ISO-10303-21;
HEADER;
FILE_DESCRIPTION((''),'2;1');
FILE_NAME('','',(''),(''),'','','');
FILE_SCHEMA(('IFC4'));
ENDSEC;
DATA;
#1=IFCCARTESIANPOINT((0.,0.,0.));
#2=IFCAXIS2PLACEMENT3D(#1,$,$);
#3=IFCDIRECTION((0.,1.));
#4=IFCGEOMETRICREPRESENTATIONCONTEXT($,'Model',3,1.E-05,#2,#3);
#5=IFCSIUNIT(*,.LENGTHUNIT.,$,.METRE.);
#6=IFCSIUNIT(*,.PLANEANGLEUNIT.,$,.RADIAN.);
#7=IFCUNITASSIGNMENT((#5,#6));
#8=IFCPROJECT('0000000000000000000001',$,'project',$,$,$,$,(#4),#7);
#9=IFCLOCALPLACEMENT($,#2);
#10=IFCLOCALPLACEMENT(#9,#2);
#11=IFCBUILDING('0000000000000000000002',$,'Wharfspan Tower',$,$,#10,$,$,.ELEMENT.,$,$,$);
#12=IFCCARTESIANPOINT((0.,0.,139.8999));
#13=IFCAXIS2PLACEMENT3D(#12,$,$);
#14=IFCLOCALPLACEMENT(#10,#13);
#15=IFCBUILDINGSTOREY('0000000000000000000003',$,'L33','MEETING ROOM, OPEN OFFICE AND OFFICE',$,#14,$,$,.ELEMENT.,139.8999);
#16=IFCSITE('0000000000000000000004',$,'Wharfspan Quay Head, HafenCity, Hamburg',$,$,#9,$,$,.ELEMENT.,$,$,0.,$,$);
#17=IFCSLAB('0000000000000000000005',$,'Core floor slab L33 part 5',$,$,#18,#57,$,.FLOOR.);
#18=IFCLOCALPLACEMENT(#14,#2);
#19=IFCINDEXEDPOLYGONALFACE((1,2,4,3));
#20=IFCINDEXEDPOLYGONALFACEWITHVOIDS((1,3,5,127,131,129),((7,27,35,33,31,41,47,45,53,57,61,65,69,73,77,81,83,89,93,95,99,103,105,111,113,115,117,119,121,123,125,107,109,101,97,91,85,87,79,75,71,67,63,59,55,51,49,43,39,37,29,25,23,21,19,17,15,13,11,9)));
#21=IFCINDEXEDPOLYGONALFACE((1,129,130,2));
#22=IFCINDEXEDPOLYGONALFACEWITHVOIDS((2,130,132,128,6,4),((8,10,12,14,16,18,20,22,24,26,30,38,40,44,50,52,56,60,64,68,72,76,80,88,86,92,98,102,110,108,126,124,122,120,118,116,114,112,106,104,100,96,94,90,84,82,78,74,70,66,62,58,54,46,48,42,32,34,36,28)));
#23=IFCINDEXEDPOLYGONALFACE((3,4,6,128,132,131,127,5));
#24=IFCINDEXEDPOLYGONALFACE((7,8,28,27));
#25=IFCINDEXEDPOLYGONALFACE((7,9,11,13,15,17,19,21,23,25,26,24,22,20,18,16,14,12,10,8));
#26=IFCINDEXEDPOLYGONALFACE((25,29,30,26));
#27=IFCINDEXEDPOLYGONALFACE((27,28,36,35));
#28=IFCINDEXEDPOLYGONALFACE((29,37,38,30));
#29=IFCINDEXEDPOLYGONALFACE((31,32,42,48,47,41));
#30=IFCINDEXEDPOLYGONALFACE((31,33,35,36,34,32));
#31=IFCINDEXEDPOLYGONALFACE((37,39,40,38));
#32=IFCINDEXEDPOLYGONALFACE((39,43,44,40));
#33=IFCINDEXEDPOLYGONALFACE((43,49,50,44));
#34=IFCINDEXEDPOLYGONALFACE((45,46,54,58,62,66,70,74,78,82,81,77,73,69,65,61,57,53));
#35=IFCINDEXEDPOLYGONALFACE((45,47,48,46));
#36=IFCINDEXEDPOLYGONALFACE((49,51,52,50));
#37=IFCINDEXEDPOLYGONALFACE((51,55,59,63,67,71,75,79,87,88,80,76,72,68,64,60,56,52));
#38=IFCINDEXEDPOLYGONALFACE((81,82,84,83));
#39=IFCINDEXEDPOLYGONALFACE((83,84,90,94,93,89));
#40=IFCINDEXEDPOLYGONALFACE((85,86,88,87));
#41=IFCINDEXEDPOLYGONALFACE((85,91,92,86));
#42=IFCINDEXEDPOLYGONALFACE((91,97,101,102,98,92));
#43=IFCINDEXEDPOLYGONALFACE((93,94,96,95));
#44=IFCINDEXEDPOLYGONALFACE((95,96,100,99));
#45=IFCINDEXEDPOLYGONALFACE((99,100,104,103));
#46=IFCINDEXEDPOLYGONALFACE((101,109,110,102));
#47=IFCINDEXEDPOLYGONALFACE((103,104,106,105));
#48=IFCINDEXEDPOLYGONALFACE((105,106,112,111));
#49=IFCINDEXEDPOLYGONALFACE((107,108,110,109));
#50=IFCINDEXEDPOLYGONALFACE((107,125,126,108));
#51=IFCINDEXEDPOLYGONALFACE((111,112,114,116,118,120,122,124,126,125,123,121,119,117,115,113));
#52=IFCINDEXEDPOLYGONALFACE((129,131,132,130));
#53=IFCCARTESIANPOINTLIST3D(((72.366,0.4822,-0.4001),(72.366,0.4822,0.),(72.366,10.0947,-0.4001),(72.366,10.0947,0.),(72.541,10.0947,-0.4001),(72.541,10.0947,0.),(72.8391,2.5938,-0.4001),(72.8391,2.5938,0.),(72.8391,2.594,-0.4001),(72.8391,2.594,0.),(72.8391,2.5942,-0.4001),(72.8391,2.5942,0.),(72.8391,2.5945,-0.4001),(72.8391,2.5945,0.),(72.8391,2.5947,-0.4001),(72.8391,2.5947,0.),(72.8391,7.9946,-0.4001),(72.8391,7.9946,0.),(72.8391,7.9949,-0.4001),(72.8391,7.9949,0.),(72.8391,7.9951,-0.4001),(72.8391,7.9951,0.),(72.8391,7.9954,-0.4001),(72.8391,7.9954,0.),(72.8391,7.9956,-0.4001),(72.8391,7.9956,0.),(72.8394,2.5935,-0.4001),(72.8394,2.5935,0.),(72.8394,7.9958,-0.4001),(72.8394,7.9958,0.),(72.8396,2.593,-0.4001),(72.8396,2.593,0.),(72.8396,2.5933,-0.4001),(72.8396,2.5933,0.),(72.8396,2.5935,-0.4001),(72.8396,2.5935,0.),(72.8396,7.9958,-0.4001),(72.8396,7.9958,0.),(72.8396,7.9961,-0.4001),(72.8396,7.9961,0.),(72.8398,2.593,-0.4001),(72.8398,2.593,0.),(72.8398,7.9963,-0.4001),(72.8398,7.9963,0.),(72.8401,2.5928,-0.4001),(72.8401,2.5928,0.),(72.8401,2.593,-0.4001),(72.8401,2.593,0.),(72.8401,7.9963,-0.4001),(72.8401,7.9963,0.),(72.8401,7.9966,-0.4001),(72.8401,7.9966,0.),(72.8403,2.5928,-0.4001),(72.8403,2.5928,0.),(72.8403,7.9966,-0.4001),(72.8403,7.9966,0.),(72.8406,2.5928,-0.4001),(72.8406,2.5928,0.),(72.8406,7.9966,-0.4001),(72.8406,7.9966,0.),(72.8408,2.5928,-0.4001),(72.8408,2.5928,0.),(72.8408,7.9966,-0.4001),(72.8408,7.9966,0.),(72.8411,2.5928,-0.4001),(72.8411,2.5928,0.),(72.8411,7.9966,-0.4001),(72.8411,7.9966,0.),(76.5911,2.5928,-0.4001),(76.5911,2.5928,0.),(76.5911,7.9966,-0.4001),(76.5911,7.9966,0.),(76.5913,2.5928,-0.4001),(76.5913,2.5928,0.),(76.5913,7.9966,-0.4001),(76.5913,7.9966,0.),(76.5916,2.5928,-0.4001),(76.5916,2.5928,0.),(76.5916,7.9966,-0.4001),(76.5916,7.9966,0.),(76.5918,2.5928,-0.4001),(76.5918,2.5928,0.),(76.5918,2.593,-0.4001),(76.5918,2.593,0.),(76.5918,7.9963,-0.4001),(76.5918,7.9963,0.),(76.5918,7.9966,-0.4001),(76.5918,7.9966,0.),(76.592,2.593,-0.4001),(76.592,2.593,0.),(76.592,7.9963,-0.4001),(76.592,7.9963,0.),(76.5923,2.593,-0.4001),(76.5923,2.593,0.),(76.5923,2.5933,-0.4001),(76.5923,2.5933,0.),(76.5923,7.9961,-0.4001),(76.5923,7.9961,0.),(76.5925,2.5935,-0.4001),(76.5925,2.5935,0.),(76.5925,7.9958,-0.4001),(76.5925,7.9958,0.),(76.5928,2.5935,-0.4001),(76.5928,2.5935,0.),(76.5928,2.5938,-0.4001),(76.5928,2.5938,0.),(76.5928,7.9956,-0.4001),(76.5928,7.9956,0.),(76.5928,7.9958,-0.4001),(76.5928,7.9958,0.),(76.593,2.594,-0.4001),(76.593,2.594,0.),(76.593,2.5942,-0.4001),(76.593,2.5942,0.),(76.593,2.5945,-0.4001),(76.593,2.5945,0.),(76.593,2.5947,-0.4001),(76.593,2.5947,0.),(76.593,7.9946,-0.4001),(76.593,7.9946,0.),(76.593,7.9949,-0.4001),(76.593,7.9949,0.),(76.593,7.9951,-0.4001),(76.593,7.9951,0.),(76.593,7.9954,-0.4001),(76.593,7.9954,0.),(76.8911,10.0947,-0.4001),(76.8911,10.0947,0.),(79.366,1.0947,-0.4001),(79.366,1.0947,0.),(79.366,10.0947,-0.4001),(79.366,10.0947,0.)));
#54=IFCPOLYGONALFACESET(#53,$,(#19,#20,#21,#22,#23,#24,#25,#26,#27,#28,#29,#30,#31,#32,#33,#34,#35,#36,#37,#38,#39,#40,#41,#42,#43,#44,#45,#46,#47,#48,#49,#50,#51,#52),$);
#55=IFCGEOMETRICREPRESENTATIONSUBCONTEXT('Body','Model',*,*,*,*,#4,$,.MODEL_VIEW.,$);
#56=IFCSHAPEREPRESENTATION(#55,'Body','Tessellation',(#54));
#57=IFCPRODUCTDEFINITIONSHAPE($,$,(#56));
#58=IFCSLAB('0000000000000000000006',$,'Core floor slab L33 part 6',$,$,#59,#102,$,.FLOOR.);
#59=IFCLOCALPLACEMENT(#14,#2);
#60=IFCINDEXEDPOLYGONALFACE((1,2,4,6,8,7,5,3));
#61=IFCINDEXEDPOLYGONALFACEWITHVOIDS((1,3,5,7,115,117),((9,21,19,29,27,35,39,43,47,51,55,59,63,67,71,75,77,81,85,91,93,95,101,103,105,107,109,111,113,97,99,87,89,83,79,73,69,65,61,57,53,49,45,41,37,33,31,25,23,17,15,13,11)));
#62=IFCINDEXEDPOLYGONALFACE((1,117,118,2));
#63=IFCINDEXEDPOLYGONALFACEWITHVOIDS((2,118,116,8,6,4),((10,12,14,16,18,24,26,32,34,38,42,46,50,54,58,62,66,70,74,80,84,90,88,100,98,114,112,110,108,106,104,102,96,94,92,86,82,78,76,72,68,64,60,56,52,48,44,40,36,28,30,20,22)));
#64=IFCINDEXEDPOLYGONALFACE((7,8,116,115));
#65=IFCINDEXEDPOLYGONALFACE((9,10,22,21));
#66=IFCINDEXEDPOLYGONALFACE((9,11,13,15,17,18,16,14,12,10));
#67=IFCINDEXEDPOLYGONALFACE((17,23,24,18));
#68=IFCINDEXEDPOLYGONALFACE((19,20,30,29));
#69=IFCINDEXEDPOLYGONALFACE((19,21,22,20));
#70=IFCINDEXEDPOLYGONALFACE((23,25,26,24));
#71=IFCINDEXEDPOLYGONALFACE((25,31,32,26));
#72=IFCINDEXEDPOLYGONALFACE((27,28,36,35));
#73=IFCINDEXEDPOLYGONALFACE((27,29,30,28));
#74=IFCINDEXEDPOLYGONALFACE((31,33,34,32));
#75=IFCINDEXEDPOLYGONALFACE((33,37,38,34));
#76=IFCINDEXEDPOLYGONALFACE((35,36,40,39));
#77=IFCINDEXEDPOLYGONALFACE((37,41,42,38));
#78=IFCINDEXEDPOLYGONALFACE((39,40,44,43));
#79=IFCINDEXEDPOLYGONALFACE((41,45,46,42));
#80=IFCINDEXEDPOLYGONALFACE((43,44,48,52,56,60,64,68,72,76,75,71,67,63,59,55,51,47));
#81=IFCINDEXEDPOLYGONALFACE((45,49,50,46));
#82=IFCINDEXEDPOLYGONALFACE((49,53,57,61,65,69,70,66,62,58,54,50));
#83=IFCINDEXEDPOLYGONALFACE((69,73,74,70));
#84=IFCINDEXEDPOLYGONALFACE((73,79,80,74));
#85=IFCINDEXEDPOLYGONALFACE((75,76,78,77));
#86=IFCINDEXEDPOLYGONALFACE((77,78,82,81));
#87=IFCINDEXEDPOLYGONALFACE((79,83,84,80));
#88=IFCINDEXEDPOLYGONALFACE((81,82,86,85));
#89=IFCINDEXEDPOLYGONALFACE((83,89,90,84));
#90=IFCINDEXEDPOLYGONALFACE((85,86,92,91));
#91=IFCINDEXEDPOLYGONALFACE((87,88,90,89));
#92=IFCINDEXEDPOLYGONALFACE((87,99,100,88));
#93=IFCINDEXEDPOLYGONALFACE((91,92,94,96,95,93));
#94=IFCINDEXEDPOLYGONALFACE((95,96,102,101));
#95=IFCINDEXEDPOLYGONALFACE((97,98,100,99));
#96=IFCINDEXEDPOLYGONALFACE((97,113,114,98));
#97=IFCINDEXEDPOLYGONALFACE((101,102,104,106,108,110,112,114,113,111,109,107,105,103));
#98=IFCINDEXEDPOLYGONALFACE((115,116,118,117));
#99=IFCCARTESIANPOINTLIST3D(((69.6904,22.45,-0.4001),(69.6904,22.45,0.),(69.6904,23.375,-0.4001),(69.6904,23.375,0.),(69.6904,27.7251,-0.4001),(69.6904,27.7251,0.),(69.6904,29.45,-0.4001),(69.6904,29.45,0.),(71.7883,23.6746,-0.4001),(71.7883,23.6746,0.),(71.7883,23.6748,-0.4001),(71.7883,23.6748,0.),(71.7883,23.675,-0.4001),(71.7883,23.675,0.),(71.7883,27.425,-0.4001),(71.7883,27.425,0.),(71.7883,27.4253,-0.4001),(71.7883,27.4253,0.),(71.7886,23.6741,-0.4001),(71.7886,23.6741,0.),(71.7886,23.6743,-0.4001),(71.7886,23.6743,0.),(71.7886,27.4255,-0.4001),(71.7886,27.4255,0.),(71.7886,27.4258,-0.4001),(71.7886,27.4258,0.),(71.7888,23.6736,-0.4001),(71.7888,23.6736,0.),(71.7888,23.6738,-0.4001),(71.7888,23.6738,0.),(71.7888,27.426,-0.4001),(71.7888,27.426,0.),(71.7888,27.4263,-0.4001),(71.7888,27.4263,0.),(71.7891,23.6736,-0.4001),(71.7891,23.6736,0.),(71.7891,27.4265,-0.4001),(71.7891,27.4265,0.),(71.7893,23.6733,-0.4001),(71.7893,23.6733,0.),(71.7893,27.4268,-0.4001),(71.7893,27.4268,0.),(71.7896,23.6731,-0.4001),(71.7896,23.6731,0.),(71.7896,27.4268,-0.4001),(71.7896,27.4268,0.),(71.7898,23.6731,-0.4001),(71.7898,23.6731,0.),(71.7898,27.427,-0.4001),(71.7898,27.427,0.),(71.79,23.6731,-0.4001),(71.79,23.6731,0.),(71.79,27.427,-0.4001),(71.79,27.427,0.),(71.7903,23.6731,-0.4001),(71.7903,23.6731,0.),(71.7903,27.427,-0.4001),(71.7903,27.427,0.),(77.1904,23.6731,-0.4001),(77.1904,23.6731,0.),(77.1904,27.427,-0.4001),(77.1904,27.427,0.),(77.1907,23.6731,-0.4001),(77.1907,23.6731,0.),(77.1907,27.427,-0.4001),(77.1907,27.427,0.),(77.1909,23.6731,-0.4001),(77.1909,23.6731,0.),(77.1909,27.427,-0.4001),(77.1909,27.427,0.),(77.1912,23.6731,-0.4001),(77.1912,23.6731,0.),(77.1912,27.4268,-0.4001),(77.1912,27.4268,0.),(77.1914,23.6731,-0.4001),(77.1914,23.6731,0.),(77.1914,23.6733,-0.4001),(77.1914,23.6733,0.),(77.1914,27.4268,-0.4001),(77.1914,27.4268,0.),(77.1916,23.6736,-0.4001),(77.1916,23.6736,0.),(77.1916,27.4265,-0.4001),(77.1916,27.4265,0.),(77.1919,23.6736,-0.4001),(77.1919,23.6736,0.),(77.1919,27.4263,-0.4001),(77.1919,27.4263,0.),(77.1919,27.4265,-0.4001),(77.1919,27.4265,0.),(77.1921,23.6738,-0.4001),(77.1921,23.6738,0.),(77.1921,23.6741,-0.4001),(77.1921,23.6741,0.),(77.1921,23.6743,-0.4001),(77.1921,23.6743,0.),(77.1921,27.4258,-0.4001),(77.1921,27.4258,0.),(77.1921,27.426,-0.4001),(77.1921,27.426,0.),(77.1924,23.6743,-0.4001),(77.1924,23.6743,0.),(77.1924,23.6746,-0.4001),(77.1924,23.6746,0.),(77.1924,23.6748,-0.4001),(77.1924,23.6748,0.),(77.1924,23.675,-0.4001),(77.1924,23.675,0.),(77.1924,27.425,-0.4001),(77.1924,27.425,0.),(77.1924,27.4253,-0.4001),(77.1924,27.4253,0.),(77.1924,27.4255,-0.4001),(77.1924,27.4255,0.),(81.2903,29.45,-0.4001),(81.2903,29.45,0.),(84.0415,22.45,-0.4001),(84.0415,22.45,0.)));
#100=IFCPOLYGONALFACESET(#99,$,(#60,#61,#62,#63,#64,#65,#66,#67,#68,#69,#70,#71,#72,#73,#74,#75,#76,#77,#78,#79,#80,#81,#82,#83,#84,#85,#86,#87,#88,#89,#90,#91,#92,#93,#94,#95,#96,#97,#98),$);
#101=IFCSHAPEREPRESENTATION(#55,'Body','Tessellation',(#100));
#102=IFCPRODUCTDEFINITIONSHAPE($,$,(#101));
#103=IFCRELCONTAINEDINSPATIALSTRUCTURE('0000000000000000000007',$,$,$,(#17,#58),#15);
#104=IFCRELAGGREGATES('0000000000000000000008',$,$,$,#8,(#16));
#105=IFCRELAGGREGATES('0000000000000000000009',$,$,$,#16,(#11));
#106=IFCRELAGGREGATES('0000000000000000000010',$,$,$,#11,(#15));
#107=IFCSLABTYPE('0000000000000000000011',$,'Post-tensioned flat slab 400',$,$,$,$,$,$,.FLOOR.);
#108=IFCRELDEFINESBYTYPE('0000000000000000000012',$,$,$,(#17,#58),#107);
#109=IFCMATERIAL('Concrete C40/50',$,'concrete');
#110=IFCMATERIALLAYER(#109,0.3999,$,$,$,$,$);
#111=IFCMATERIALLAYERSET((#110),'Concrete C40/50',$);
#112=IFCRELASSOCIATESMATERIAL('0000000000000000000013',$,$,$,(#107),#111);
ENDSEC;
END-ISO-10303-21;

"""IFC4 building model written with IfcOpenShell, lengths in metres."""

from ifc_helpers import new_model, si_unit, direction, frame, origin, place, context, subcontext, project, spatial, polyline, outline, extrude, material, layer, layer_set, type_object, element, save


model = new_model("IFC4")

# Units and contexts
model_context = context("Model", 3, precision=1e-05, world=origin(), true_north=direction((0.0, 1.0)))
body_context = subcontext(model_context, "Body", "Model", "MODEL_VIEW")
ifc_project = project(units=[si_unit("LENGTHUNIT", "METRE"), si_unit("PLANEANGLEUNIT", "RADIAN")], contexts=[model_context])

# Site, building, storey
site_placement = place(None, origin())
site = spatial("IfcSite", under=ifc_project, at=site_placement, Name="Wharfspan Quay Head, HafenCity, Hamburg", CompositionType="ELEMENT", RefElevation=0.0)
building_placement = place(site_placement, origin())
building = spatial("IfcBuilding", under=site, at=building_placement, Name="Wharfspan Tower", CompositionType="ELEMENT")
storey_placement = place(building_placement, frame((0.0, 0.0, 139.8999)))
storey = spatial("IfcBuildingStorey", under=building, at=storey_placement, Name="L33", Description="MEETING ROOM, OPEN OFFICE AND OFFICE", CompositionType="ELEMENT", Elevation=139.8999)

# Slabs
ifc_material_1 = material(Name="Concrete C40/50", Category="concrete")
ifc_layer_1 = layer(ifc_material_1, 0.3999)
ifc_layer_set_1 = layer_set([ifc_layer_1], Name="Concrete C40/50")
slab_type = type_object("IfcSlabType", Name="Post-tensioned flat slab 400", PredefinedType="FLOOR", material=ifc_layer_set_1)
slab_1_placement = place(storey_placement, frame((0.0, 0.0, -0.4001)))
element("IfcSlab", 1, at=slab_1_placement, inside=storey, type_object=slab_type, Name="Core floor slab L33 part 5", PredefinedType="FLOOR", context=body_context, shape_type="SweptSolid", body=[
    extrude(outline(polyline([(79.366, 10.0947), (76.8911, 10.0947), (72.541, 10.0947), (72.366, 10.0947), (72.366, 0.4822), (79.366, 1.0947), (79.366, 10.0947)]), holes=[polyline([(76.5911, 7.9966), (76.5913, 7.9966), (76.5913, 7.9966), (76.5916, 7.9966), (76.5918, 7.9966), (76.5918, 7.9963), (76.592, 7.9963), (76.5923, 7.9961), (76.5923, 7.9961), (76.5925, 7.9958), (76.5928, 7.9958), (76.5928, 7.9956), (76.593, 7.9954), (76.593, 7.9951), (76.593, 7.9951), (76.593, 7.9949), (76.593, 7.9946), (76.593, 2.5947), (76.593, 2.5945), (76.593, 2.5942), (76.593, 2.594), (76.593, 2.594), (76.5928, 2.5938), (76.5928, 2.5935), (76.5925, 2.5935), (76.5923, 2.5933), (76.5923, 2.593), (76.592, 2.593), (76.5918, 2.593), (76.5918, 2.5928), (76.5916, 2.5928), (76.5913, 2.5928), (76.5913, 2.5928), (76.5911, 2.5928), (72.8411, 2.5928), (72.8408, 2.5928), (72.8406, 2.5928), (72.8403, 2.5928), (72.8401, 2.5928), (72.8401, 2.593), (72.8398, 2.593), (72.8396, 2.593), (72.8396, 2.5933), (72.8396, 2.5935), (72.8394, 2.5935), (72.8391, 2.5938), (72.8391, 2.594), (72.8391, 2.594), (72.8391, 2.5942), (72.8391, 2.5945), (72.8391, 2.5947), (72.8391, 7.9946), (72.8391, 7.9949), (72.8391, 7.9951), (72.8391, 7.9951), (72.8391, 7.9954), (72.8391, 7.9956), (72.8394, 7.9958), (72.8396, 7.9958), (72.8396, 7.9961), (72.8396, 7.9961), (72.8398, 7.9963), (72.8401, 7.9963), (72.8401, 7.9966), (72.8403, 7.9966), (72.8406, 7.9966), (72.8408, 7.9966), (72.8411, 7.9966), (76.5911, 7.9966)])]), origin(), (0.0, 0.0, 1.0), 0.4001),
])
slab_2_placement = place(storey_placement, frame((0.0, 0.0, -0.4001)))
element("IfcSlab", 2, at=slab_2_placement, inside=storey, type_object=slab_type, Name="Core floor slab L33 part 6", PredefinedType="FLOOR", context=body_context, shape_type="SweptSolid", body=[
    extrude(outline(polyline([(81.2903, 29.45), (69.6904, 29.45), (69.6904, 27.7251), (69.6904, 23.375), (69.6904, 22.45), (84.0415, 22.45), (81.2903, 29.45)]), holes=[polyline([(71.7903, 23.6731), (71.7903, 23.6731), (71.79, 23.6731), (71.7898, 23.6731), (71.7896, 23.6731), (71.7896, 23.6731), (71.7893, 23.6733), (71.7891, 23.6736), (71.7891, 23.6736), (71.7888, 23.6736), (71.7888, 23.6738), (71.7886, 23.6741), (71.7886, 23.6743), (71.7886, 23.6743), (71.7883, 23.6746), (71.7883, 23.6748), (71.7883, 23.675), (71.7883, 27.425), (71.7883, 27.4253), (71.7883, 27.4253), (71.7886, 27.4255), (71.7886, 27.4258), (71.7886, 27.4258), (71.7888, 27.426), (71.7888, 27.4263), (71.7891, 27.4265), (71.7891, 27.4265), (71.7893, 27.4268), (71.7896, 27.4268), (71.7896, 27.4268), (71.7898, 27.427), (71.79, 27.427), (71.7903, 27.427), (71.7903, 27.427), (77.1904, 27.427), (77.1907, 27.427), (77.1909, 27.427), (77.1909, 27.427), (77.1912, 27.4268), (77.1914, 27.4268), (77.1914, 27.4268), (77.1916, 27.4265), (77.1919, 27.4265), (77.1919, 27.4263), (77.1921, 27.426), (77.1921, 27.4258), (77.1921, 27.4258), (77.1924, 27.4255), (77.1924, 27.4253), (77.1924, 27.4253), (77.1924, 27.425), (77.1924, 23.675), (77.1924, 23.6748), (77.1924, 23.6746), (77.1924, 23.6743), (77.1921, 23.6743), (77.1921, 23.6741), (77.1921, 23.6738), (77.1919, 23.6736), (77.1919, 23.6736), (77.1916, 23.6736), (77.1914, 23.6733), (77.1914, 23.6731), (77.1912, 23.6731), (77.1909, 23.6731), (77.1909, 23.6731), (77.1907, 23.6731), (77.1904, 23.6731), (71.7903, 23.6731)])]), origin(), (0.0, 0.0, 1.0), 0.4001),
])

save(model, "model.ifc")
